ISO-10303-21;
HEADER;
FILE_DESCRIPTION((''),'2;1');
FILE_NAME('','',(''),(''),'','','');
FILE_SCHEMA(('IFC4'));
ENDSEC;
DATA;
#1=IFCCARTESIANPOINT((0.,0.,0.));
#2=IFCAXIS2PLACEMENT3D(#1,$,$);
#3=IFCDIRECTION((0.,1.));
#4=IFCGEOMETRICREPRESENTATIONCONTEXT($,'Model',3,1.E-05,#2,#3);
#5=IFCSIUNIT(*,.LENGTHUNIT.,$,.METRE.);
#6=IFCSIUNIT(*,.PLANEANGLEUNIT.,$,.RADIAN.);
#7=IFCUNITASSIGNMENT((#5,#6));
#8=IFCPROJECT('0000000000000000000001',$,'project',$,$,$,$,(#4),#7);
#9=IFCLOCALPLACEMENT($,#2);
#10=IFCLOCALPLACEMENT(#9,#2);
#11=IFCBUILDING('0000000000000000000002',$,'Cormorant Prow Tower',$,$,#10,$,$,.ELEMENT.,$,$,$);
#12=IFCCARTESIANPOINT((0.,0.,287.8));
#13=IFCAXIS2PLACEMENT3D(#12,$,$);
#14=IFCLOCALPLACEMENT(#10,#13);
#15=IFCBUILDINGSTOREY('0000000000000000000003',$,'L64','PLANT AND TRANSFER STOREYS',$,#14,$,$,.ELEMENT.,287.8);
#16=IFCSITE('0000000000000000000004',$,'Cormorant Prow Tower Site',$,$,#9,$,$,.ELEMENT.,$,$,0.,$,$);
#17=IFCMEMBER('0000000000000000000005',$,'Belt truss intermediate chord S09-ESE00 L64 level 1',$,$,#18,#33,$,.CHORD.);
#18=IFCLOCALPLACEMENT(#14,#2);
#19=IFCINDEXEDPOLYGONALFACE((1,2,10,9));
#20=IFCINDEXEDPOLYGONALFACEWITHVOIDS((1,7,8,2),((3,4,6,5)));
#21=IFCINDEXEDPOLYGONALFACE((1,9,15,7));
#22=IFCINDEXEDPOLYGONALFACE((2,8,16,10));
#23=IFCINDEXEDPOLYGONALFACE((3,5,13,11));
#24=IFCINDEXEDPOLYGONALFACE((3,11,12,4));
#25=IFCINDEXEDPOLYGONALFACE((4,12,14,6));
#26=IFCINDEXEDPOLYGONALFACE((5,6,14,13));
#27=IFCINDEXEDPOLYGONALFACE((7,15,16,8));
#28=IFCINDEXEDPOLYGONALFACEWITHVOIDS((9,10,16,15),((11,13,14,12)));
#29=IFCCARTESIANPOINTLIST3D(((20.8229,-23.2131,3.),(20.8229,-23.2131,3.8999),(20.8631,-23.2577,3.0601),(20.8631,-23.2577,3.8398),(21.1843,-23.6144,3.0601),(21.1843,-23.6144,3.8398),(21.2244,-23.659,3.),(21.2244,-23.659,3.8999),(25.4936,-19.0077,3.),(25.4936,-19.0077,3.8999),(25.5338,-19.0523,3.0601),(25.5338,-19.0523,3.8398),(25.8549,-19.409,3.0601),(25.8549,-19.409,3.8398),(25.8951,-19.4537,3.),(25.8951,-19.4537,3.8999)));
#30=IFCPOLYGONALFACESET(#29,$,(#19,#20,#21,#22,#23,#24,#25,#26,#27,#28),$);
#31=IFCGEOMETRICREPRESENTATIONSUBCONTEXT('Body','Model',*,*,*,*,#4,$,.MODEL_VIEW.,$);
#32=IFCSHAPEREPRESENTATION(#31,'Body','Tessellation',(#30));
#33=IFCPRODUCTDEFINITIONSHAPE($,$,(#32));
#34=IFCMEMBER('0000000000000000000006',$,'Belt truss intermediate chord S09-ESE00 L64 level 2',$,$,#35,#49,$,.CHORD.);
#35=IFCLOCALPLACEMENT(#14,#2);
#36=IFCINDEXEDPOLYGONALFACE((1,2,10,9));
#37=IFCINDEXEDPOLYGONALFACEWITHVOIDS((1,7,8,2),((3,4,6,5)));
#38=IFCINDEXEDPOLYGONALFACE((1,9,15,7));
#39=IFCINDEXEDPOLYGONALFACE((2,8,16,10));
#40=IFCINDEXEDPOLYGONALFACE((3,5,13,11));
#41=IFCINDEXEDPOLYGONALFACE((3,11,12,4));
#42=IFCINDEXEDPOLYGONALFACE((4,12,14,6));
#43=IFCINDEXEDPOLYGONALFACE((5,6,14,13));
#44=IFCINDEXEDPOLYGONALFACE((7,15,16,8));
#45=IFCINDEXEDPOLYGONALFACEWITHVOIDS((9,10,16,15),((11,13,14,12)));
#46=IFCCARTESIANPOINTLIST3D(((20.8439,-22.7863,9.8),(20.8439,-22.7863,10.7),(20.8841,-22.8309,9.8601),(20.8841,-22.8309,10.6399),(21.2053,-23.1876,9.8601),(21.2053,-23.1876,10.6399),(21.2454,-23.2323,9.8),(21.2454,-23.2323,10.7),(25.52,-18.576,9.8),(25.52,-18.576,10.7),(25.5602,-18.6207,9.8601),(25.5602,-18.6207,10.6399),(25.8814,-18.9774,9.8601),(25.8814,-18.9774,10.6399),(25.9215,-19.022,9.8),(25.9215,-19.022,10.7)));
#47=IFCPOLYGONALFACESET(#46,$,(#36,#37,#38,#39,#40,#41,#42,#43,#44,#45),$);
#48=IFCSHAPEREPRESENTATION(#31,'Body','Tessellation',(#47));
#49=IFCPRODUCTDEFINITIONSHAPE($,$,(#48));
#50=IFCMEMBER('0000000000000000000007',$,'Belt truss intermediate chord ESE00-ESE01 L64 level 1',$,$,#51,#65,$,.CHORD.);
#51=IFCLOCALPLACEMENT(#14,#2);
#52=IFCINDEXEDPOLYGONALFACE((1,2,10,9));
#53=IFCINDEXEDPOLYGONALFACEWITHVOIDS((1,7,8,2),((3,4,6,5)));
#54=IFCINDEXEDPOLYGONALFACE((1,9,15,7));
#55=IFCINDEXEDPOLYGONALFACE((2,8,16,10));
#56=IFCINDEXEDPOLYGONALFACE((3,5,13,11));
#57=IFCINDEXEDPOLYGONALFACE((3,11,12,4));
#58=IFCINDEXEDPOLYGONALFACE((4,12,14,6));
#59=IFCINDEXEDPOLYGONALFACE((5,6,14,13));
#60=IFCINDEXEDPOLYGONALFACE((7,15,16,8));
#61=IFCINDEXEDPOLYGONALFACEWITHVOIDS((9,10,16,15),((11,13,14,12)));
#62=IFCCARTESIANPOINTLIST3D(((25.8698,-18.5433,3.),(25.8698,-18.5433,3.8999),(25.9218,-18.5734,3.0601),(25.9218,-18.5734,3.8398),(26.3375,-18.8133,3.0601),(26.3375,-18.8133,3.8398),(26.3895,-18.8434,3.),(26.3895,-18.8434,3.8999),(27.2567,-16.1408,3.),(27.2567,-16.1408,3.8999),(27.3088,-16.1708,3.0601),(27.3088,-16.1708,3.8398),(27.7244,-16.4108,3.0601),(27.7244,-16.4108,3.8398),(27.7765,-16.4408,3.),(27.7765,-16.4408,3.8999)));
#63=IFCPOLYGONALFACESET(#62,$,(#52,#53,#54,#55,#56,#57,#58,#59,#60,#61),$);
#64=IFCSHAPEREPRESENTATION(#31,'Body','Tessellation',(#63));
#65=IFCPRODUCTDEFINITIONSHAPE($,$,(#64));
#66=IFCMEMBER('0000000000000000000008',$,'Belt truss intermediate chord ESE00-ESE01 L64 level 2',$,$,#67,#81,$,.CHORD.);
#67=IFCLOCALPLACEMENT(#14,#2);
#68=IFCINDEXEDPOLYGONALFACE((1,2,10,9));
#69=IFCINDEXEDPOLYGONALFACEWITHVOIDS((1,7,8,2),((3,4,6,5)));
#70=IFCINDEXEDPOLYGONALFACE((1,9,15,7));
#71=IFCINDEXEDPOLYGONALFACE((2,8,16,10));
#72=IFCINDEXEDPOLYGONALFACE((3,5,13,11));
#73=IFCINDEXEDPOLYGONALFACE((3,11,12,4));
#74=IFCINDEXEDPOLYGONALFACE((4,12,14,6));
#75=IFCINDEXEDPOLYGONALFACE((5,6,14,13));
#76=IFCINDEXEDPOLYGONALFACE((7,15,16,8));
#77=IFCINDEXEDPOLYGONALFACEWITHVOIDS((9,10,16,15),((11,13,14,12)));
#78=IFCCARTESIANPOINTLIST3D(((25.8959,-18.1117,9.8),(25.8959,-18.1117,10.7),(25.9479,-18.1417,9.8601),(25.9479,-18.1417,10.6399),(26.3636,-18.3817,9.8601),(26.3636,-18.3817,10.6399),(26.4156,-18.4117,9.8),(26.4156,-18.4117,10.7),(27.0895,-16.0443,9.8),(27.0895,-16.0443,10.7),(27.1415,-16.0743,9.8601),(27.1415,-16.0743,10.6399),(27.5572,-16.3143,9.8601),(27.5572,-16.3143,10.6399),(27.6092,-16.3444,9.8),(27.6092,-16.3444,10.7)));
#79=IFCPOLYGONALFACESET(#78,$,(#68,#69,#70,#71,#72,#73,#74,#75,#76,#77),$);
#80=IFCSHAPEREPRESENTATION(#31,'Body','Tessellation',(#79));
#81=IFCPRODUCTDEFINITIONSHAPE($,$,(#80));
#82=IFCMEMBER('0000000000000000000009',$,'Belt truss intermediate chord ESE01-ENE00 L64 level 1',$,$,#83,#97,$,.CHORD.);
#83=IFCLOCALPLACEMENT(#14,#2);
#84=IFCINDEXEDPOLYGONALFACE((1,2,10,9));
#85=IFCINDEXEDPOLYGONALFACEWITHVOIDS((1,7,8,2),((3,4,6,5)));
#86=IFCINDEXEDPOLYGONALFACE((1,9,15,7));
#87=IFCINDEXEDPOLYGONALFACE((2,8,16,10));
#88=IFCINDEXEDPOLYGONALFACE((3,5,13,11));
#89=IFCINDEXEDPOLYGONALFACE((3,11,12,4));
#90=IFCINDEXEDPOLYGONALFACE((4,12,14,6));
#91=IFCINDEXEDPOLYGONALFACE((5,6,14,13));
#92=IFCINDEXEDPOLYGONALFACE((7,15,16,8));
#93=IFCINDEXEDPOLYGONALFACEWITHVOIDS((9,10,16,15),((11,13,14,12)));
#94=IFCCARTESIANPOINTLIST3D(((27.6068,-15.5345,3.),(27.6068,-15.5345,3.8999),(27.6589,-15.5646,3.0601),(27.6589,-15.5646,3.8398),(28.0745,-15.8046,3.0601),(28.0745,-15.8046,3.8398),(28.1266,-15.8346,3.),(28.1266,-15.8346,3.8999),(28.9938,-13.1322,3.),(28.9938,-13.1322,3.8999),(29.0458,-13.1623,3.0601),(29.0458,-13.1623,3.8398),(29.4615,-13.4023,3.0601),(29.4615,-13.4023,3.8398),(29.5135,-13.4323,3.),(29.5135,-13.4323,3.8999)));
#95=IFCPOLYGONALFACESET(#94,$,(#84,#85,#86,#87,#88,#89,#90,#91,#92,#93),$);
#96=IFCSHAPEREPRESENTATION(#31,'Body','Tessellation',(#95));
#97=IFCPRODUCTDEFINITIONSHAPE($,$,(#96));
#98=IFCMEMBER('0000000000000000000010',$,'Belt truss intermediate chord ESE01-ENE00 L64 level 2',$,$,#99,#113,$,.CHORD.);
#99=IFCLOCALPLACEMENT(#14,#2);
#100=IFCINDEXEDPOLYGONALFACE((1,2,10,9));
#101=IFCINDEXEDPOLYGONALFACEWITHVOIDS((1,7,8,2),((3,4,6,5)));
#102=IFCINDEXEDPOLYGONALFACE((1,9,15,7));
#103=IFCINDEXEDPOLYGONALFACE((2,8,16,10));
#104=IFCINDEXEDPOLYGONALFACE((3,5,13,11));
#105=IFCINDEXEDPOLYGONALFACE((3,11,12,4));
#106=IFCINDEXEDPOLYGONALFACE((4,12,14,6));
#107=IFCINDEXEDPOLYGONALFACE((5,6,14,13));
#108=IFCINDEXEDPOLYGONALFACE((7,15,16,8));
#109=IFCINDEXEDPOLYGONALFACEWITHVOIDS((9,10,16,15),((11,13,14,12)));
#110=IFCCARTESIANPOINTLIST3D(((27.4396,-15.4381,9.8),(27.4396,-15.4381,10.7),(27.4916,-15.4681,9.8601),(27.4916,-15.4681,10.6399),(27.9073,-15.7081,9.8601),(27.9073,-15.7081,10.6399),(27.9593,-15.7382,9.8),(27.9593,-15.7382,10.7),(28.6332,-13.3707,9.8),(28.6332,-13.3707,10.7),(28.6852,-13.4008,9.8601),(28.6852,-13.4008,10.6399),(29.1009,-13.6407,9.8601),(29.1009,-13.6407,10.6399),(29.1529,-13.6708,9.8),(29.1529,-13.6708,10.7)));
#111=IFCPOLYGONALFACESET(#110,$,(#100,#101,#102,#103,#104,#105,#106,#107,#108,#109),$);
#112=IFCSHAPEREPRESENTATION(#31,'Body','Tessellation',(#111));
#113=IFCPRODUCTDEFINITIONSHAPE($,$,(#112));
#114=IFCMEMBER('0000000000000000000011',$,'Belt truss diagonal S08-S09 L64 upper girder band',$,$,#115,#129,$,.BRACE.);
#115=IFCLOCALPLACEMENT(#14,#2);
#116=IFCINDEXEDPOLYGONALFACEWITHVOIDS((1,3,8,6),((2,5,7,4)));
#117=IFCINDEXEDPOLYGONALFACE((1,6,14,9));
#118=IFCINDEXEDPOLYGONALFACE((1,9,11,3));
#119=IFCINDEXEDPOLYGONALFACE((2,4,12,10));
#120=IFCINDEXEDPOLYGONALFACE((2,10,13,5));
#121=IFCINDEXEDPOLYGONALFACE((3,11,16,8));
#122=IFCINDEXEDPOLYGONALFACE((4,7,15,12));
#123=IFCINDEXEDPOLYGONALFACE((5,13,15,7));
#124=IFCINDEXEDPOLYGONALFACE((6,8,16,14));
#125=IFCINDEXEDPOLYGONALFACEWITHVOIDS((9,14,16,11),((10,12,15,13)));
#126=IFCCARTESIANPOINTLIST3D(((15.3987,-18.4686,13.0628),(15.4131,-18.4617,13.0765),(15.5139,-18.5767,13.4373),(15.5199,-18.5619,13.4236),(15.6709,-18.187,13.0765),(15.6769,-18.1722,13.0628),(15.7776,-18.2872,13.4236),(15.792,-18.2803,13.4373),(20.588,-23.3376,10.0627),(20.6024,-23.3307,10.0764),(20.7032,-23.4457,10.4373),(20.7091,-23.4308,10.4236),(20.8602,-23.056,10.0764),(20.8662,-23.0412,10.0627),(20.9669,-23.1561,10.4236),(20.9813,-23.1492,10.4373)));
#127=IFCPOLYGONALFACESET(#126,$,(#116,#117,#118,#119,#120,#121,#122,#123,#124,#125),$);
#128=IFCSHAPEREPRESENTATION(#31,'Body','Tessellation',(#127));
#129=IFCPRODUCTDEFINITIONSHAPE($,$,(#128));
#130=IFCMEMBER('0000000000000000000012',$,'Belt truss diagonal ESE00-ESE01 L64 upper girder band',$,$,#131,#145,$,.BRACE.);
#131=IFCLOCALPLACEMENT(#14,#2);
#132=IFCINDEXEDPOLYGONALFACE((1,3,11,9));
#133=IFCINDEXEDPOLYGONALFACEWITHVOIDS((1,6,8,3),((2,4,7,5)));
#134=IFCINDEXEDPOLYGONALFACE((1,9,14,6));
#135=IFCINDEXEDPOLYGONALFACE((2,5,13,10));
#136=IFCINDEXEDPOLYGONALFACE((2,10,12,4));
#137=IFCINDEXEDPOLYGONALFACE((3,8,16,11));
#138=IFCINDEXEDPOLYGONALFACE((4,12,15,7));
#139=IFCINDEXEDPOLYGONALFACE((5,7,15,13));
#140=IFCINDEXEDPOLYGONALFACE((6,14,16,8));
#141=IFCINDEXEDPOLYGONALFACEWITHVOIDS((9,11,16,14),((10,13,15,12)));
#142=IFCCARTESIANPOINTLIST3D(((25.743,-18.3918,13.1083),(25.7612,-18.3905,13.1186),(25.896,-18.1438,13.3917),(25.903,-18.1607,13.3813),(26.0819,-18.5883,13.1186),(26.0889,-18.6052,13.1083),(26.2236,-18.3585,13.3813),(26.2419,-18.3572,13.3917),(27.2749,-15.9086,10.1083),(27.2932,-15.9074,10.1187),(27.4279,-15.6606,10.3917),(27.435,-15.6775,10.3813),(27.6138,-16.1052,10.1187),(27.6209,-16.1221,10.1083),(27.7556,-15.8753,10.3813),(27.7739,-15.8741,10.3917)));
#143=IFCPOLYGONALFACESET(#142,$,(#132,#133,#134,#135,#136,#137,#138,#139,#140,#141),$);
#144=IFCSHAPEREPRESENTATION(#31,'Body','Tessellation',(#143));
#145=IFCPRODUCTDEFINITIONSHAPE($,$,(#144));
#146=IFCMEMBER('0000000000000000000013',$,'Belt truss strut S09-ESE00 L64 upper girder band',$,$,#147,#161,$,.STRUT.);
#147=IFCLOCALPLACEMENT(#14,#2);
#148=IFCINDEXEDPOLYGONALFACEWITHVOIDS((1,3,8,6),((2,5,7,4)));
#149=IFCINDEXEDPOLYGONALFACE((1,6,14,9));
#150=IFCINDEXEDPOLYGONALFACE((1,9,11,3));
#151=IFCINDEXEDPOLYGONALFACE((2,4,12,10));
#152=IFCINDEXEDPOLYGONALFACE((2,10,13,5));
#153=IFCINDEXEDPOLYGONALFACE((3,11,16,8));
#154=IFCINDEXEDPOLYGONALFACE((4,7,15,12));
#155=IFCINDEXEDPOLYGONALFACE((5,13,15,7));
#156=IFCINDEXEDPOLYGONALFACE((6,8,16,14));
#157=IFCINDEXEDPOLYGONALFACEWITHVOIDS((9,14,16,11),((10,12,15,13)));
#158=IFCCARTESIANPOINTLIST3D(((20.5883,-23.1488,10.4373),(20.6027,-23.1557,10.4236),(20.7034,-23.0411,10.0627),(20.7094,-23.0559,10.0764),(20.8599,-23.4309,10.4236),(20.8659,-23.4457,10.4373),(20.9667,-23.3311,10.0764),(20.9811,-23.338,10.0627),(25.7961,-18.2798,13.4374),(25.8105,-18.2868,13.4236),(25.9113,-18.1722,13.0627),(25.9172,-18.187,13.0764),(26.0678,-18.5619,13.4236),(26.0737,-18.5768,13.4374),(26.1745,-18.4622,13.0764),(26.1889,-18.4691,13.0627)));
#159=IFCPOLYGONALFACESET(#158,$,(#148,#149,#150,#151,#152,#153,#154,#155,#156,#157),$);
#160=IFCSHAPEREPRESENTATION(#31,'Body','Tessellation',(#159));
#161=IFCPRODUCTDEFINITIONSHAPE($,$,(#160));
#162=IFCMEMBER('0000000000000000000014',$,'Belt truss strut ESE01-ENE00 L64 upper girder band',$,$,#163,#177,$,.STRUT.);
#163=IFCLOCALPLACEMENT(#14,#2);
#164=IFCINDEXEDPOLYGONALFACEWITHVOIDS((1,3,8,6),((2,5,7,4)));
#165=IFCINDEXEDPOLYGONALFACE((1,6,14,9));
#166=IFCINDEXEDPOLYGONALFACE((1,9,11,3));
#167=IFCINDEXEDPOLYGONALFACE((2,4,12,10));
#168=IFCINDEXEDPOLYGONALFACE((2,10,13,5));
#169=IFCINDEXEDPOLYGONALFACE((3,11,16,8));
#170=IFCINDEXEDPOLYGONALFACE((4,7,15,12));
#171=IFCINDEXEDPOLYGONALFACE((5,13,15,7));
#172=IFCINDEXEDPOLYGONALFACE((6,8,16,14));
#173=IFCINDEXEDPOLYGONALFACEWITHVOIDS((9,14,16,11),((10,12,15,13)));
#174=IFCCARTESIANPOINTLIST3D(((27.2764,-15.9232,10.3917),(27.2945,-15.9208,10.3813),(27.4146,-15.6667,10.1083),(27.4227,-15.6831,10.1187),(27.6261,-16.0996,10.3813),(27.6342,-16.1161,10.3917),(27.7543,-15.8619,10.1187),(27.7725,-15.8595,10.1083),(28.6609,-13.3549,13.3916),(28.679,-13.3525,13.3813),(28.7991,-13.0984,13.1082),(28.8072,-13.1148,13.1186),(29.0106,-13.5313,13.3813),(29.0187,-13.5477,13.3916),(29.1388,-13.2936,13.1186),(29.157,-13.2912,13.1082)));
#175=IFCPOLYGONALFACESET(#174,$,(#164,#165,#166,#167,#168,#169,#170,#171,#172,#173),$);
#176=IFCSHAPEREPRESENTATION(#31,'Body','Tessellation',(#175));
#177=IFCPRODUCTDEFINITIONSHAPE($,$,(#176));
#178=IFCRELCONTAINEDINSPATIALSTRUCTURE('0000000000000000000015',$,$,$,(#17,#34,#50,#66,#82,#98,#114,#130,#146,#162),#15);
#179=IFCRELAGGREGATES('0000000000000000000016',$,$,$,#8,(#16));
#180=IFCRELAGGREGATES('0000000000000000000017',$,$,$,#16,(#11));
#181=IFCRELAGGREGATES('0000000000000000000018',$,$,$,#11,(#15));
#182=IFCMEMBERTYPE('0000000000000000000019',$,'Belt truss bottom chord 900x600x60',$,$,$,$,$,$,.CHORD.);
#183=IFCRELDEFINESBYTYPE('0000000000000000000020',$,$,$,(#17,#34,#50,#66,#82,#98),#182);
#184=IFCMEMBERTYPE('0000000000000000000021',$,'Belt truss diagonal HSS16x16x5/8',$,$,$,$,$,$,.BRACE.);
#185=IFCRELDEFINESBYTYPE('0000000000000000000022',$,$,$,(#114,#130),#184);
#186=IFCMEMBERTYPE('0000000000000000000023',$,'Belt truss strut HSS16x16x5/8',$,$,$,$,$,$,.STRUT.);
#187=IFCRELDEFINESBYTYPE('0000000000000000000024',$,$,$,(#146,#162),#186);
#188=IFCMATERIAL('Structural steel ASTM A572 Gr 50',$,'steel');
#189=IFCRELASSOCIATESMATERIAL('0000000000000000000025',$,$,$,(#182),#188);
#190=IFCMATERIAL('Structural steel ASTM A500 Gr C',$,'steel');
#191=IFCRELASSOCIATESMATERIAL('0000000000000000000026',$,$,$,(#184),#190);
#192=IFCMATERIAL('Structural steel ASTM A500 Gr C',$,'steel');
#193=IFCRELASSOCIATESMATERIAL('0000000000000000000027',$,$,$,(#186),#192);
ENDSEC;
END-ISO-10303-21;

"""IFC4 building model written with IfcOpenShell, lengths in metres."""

from ifc_helpers import new_model, si_unit, direction, frame, origin, origin_2d, place, context, subcontext, project, spatial, hollow_rectangle, extrude, material, material_profile, profile_set, type_object, element, save


model = new_model("IFC4")

# Units and contexts
model_context = context("Model", 3, precision=1e-05, world=origin(), true_north=direction((0.0, 1.0)))
body_context = subcontext(model_context, "Body", "Model", "MODEL_VIEW")
ifc_project = project(units=[si_unit("LENGTHUNIT", "METRE"), si_unit("PLANEANGLEUNIT", "RADIAN")], contexts=[model_context])

# Site, building, storey
site_placement = place(None, origin())
site = spatial("IfcSite", under=ifc_project, at=site_placement, Name="Cormorant Prow Tower Site", CompositionType="ELEMENT", RefElevation=0.0)
building_placement = place(site_placement, origin())
building = spatial("IfcBuilding", under=site, at=building_placement, Name="Cormorant Prow Tower", CompositionType="ELEMENT")
storey_placement = place(building_placement, frame((0.0, 0.0, 287.8)))
storey = spatial("IfcBuildingStorey", under=building, at=storey_placement, Name="L64", Description="PLANT AND TRANSFER STOREYS", CompositionType="ELEMENT", Elevation=287.8)

# Members
ifc_material_1 = material(Name="Structural steel ASTM A572 Gr 50", Category="steel")
ifc_material_profile_1 = material_profile(ifc_material_1, hollow_rectangle(XDim=0.6001, YDim=0.8999, WallThickness=0.0601, at=origin_2d()), Name="Box 900x600x60")
ifc_profile_set_1 = profile_set([ifc_material_profile_1], Name="Structural steel ASTM A572 Gr 50")
member_type_1 = type_object("IfcMemberType", Name="Belt truss bottom chord 900x600x60", PredefinedType="CHORD", material=ifc_profile_set_1)
member_1_placement = place(storey_placement, frame((21.0237, -23.436, 3.45), z_axis=(0.743157, 0.669117, 0.0), x_axis=(-0.669117, 0.743157, 0.0)))
element("IfcMember", 1, at=member_1_placement, inside=storey, type_object=member_type_1, Name="Belt truss intermediate chord S09-ESE00 L64 level 1", PredefinedType="CHORD", context=body_context, shape_type="SweptSolid", body=[
    extrude(hollow_rectangle(XDim=0.6001, YDim=0.8999, WallThickness=0.0601, at=origin_2d()), origin(), (0.0, 0.0, 1.0), 6.2849),
])
member_2_placement = place(storey_placement, frame((21.0447, -23.0093, 10.25), z_axis=(0.743153, 0.669121, 0.0), x_axis=(-0.669121, 0.743153, 0.0)))
element("IfcMember", 2, at=member_2_placement, inside=storey, type_object=member_type_1, Name="Belt truss intermediate chord S09-ESE00 L64 level 2", PredefinedType="CHORD", context=body_context, shape_type="SweptSolid", body=[
    extrude(hollow_rectangle(XDim=0.6001, YDim=0.8999, WallThickness=0.0601, at=origin_2d()), origin(), (0.0, 0.0, 1.0), 6.2922),
])
member_3_placement = place(storey_placement, frame((26.1296, -18.6934, 3.45), z_axis=(0.499954, 0.866052, 0.0), x_axis=(-0.866052, 0.499954, 0.0)))
element("IfcMember", 3, at=member_3_placement, inside=storey, type_object=member_type_1, Name="Belt truss intermediate chord ESE00-ESE01 L64 level 1", PredefinedType="CHORD", context=body_context, shape_type="SweptSolid", body=[
    extrude(hollow_rectangle(XDim=0.6001, YDim=0.8999, WallThickness=0.0601, at=origin_2d()), origin(), (0.0, 0.0, 1.0), 2.7742),
])
member_4_placement = place(storey_placement, frame((26.1558, -18.2617, 10.25), z_axis=(0.5, 0.866025, 0.0), x_axis=(-0.866025, 0.5, 0.0)))
element("IfcMember", 4, at=member_4_placement, inside=storey, type_object=member_type_1, Name="Belt truss intermediate chord ESE00-ESE01 L64 level 2", PredefinedType="CHORD", context=body_context, shape_type="SweptSolid", body=[
    extrude(hollow_rectangle(XDim=0.6001, YDim=0.8999, WallThickness=0.0601, at=origin_2d()), origin(), (0.0, 0.0, 1.0), 2.3872),
])
member_5_placement = place(storey_placement, frame((27.8667, -15.6846, 3.45), z_axis=(0.499992, 0.86603, 0.0), x_axis=(-0.86603, 0.499992, 0.0)))
element("IfcMember", 5, at=member_5_placement, inside=storey, type_object=member_type_1, Name="Belt truss intermediate chord ESE01-ENE00 L64 level 1", PredefinedType="CHORD", context=body_context, shape_type="SweptSolid", body=[
    extrude(hollow_rectangle(XDim=0.6001, YDim=0.8999, WallThickness=0.0601, at=origin_2d()), origin(), (0.0, 0.0, 1.0), 2.7739),
])
member_6_placement = place(storey_placement, frame((27.6995, -15.5881, 10.25), z_axis=(0.5, 0.866025, 0.0), x_axis=(-0.866025, 0.5, 0.0)))
element("IfcMember", 6, at=member_6_placement, inside=storey, type_object=member_type_1, Name="Belt truss intermediate chord ESE01-ENE00 L64 level 2", PredefinedType="CHORD", context=body_context, shape_type="SweptSolid", body=[
    extrude(hollow_rectangle(XDim=0.6001, YDim=0.8999, WallThickness=0.0601, at=origin_2d()), origin(), (0.0, 0.0, 1.0), 2.3872),
])
ifc_material_2 = material(Name="Structural steel ASTM A500 Gr C", Category="steel")
ifc_material_profile_2 = material_profile(ifc_material_2, hollow_rectangle(XDim=0.4065, YDim=0.4065, WallThickness=0.0149, at=origin_2d()), Name="HSS16x16x5/8")
ifc_profile_set_2 = profile_set([ifc_material_profile_2], Name="Structural steel ASTM A500 Gr C")
member_type_2 = type_object("IfcMemberType", Name="Belt truss diagonal HSS16x16x5/8", PredefinedType="BRACE", material=ifc_profile_set_2)
member_7_placement = place(storey_placement, frame((20.7847, -23.2434, 10.25), z_axis=(-0.671976, 0.630498, 0.388485), x_axis=(-0.684241, -0.729256, 0.0)))
element("IfcMember", 7, at=member_7_placement, inside=storey, type_object=member_type_2, Name="Belt truss diagonal S08-S09 L64 upper girder band", PredefinedType="BRACE", context=body_context, shape_type="SweptSolid", body=[
    extrude(hollow_rectangle(XDim=0.4065, YDim=0.4065, WallThickness=0.0149, at=origin_2d()), origin(), (0.0, 0.0, 1.0), 7.7224),
])
member_8_placement = place(storey_placement, frame((27.5244, -15.8914, 10.25), z_axis=(-0.366078, -0.593367, 0.71687), x_axis=(0.851063, -0.525063, 0.0)))
element("IfcMember", 8, at=member_8_placement, inside=storey, type_object=member_type_2, Name="Belt truss diagonal ESE00-ESE01 L64 upper girder band", PredefinedType="BRACE", context=body_context, shape_type="SweptSolid", body=[
    extrude(hollow_rectangle(XDim=0.4065, YDim=0.4065, WallThickness=0.0149, at=origin_2d()), origin(), (0.0, 0.0, 1.0), 4.1848),
])
ifc_material_3 = material(Name="Structural steel ASTM A500 Gr C", Category="steel")
ifc_material_profile_3 = material_profile(ifc_material_3, hollow_rectangle(XDim=0.4065, YDim=0.4065, WallThickness=0.0149, at=origin_2d()), Name="HSS16x16x5/8")
ifc_profile_set_3 = profile_set([ifc_material_profile_3], Name="Structural steel ASTM A500 Gr C")
member_type_3 = type_object("IfcMemberType", Name="Belt truss strut HSS16x16x5/8", PredefinedType="STRUT", material=ifc_profile_set_3)
member_9_placement = place(storey_placement, frame((20.7847, -23.2434, 10.25), z_axis=(0.673291, 0.62948, 0.387858), x_axis=(-0.682941, 0.730473, 0.0)))
element("IfcMember", 9, at=member_9_placement, inside=storey, type_object=member_type_3, Name="Belt truss strut S09-ESE00 L64 upper girder band", PredefinedType="STRUT", context=body_context, shape_type="SweptSolid", body=[
    extrude(hollow_rectangle(XDim=0.4065, YDim=0.4065, WallThickness=0.0149, at=origin_2d()), origin(), (0.0, 0.0, 1.0), 7.7349),
])
member_10_placement = place(storey_placement, frame((27.5244, -15.8914, 10.25), z_axis=(0.330838, 0.613721, 0.716863), x_axis=(-0.880248, 0.474514, 0.0)))
element("IfcMember", 10, at=member_10_placement, inside=storey, type_object=member_type_3, Name="Belt truss strut ESE01-ENE00 L64 upper girder band", PredefinedType="STRUT", context=body_context, shape_type="SweptSolid", body=[
    extrude(hollow_rectangle(XDim=0.4065, YDim=0.4065, WallThickness=0.0149, at=origin_2d()), origin(), (0.0, 0.0, 1.0), 4.1848),
])

save(model, "model.ifc")
